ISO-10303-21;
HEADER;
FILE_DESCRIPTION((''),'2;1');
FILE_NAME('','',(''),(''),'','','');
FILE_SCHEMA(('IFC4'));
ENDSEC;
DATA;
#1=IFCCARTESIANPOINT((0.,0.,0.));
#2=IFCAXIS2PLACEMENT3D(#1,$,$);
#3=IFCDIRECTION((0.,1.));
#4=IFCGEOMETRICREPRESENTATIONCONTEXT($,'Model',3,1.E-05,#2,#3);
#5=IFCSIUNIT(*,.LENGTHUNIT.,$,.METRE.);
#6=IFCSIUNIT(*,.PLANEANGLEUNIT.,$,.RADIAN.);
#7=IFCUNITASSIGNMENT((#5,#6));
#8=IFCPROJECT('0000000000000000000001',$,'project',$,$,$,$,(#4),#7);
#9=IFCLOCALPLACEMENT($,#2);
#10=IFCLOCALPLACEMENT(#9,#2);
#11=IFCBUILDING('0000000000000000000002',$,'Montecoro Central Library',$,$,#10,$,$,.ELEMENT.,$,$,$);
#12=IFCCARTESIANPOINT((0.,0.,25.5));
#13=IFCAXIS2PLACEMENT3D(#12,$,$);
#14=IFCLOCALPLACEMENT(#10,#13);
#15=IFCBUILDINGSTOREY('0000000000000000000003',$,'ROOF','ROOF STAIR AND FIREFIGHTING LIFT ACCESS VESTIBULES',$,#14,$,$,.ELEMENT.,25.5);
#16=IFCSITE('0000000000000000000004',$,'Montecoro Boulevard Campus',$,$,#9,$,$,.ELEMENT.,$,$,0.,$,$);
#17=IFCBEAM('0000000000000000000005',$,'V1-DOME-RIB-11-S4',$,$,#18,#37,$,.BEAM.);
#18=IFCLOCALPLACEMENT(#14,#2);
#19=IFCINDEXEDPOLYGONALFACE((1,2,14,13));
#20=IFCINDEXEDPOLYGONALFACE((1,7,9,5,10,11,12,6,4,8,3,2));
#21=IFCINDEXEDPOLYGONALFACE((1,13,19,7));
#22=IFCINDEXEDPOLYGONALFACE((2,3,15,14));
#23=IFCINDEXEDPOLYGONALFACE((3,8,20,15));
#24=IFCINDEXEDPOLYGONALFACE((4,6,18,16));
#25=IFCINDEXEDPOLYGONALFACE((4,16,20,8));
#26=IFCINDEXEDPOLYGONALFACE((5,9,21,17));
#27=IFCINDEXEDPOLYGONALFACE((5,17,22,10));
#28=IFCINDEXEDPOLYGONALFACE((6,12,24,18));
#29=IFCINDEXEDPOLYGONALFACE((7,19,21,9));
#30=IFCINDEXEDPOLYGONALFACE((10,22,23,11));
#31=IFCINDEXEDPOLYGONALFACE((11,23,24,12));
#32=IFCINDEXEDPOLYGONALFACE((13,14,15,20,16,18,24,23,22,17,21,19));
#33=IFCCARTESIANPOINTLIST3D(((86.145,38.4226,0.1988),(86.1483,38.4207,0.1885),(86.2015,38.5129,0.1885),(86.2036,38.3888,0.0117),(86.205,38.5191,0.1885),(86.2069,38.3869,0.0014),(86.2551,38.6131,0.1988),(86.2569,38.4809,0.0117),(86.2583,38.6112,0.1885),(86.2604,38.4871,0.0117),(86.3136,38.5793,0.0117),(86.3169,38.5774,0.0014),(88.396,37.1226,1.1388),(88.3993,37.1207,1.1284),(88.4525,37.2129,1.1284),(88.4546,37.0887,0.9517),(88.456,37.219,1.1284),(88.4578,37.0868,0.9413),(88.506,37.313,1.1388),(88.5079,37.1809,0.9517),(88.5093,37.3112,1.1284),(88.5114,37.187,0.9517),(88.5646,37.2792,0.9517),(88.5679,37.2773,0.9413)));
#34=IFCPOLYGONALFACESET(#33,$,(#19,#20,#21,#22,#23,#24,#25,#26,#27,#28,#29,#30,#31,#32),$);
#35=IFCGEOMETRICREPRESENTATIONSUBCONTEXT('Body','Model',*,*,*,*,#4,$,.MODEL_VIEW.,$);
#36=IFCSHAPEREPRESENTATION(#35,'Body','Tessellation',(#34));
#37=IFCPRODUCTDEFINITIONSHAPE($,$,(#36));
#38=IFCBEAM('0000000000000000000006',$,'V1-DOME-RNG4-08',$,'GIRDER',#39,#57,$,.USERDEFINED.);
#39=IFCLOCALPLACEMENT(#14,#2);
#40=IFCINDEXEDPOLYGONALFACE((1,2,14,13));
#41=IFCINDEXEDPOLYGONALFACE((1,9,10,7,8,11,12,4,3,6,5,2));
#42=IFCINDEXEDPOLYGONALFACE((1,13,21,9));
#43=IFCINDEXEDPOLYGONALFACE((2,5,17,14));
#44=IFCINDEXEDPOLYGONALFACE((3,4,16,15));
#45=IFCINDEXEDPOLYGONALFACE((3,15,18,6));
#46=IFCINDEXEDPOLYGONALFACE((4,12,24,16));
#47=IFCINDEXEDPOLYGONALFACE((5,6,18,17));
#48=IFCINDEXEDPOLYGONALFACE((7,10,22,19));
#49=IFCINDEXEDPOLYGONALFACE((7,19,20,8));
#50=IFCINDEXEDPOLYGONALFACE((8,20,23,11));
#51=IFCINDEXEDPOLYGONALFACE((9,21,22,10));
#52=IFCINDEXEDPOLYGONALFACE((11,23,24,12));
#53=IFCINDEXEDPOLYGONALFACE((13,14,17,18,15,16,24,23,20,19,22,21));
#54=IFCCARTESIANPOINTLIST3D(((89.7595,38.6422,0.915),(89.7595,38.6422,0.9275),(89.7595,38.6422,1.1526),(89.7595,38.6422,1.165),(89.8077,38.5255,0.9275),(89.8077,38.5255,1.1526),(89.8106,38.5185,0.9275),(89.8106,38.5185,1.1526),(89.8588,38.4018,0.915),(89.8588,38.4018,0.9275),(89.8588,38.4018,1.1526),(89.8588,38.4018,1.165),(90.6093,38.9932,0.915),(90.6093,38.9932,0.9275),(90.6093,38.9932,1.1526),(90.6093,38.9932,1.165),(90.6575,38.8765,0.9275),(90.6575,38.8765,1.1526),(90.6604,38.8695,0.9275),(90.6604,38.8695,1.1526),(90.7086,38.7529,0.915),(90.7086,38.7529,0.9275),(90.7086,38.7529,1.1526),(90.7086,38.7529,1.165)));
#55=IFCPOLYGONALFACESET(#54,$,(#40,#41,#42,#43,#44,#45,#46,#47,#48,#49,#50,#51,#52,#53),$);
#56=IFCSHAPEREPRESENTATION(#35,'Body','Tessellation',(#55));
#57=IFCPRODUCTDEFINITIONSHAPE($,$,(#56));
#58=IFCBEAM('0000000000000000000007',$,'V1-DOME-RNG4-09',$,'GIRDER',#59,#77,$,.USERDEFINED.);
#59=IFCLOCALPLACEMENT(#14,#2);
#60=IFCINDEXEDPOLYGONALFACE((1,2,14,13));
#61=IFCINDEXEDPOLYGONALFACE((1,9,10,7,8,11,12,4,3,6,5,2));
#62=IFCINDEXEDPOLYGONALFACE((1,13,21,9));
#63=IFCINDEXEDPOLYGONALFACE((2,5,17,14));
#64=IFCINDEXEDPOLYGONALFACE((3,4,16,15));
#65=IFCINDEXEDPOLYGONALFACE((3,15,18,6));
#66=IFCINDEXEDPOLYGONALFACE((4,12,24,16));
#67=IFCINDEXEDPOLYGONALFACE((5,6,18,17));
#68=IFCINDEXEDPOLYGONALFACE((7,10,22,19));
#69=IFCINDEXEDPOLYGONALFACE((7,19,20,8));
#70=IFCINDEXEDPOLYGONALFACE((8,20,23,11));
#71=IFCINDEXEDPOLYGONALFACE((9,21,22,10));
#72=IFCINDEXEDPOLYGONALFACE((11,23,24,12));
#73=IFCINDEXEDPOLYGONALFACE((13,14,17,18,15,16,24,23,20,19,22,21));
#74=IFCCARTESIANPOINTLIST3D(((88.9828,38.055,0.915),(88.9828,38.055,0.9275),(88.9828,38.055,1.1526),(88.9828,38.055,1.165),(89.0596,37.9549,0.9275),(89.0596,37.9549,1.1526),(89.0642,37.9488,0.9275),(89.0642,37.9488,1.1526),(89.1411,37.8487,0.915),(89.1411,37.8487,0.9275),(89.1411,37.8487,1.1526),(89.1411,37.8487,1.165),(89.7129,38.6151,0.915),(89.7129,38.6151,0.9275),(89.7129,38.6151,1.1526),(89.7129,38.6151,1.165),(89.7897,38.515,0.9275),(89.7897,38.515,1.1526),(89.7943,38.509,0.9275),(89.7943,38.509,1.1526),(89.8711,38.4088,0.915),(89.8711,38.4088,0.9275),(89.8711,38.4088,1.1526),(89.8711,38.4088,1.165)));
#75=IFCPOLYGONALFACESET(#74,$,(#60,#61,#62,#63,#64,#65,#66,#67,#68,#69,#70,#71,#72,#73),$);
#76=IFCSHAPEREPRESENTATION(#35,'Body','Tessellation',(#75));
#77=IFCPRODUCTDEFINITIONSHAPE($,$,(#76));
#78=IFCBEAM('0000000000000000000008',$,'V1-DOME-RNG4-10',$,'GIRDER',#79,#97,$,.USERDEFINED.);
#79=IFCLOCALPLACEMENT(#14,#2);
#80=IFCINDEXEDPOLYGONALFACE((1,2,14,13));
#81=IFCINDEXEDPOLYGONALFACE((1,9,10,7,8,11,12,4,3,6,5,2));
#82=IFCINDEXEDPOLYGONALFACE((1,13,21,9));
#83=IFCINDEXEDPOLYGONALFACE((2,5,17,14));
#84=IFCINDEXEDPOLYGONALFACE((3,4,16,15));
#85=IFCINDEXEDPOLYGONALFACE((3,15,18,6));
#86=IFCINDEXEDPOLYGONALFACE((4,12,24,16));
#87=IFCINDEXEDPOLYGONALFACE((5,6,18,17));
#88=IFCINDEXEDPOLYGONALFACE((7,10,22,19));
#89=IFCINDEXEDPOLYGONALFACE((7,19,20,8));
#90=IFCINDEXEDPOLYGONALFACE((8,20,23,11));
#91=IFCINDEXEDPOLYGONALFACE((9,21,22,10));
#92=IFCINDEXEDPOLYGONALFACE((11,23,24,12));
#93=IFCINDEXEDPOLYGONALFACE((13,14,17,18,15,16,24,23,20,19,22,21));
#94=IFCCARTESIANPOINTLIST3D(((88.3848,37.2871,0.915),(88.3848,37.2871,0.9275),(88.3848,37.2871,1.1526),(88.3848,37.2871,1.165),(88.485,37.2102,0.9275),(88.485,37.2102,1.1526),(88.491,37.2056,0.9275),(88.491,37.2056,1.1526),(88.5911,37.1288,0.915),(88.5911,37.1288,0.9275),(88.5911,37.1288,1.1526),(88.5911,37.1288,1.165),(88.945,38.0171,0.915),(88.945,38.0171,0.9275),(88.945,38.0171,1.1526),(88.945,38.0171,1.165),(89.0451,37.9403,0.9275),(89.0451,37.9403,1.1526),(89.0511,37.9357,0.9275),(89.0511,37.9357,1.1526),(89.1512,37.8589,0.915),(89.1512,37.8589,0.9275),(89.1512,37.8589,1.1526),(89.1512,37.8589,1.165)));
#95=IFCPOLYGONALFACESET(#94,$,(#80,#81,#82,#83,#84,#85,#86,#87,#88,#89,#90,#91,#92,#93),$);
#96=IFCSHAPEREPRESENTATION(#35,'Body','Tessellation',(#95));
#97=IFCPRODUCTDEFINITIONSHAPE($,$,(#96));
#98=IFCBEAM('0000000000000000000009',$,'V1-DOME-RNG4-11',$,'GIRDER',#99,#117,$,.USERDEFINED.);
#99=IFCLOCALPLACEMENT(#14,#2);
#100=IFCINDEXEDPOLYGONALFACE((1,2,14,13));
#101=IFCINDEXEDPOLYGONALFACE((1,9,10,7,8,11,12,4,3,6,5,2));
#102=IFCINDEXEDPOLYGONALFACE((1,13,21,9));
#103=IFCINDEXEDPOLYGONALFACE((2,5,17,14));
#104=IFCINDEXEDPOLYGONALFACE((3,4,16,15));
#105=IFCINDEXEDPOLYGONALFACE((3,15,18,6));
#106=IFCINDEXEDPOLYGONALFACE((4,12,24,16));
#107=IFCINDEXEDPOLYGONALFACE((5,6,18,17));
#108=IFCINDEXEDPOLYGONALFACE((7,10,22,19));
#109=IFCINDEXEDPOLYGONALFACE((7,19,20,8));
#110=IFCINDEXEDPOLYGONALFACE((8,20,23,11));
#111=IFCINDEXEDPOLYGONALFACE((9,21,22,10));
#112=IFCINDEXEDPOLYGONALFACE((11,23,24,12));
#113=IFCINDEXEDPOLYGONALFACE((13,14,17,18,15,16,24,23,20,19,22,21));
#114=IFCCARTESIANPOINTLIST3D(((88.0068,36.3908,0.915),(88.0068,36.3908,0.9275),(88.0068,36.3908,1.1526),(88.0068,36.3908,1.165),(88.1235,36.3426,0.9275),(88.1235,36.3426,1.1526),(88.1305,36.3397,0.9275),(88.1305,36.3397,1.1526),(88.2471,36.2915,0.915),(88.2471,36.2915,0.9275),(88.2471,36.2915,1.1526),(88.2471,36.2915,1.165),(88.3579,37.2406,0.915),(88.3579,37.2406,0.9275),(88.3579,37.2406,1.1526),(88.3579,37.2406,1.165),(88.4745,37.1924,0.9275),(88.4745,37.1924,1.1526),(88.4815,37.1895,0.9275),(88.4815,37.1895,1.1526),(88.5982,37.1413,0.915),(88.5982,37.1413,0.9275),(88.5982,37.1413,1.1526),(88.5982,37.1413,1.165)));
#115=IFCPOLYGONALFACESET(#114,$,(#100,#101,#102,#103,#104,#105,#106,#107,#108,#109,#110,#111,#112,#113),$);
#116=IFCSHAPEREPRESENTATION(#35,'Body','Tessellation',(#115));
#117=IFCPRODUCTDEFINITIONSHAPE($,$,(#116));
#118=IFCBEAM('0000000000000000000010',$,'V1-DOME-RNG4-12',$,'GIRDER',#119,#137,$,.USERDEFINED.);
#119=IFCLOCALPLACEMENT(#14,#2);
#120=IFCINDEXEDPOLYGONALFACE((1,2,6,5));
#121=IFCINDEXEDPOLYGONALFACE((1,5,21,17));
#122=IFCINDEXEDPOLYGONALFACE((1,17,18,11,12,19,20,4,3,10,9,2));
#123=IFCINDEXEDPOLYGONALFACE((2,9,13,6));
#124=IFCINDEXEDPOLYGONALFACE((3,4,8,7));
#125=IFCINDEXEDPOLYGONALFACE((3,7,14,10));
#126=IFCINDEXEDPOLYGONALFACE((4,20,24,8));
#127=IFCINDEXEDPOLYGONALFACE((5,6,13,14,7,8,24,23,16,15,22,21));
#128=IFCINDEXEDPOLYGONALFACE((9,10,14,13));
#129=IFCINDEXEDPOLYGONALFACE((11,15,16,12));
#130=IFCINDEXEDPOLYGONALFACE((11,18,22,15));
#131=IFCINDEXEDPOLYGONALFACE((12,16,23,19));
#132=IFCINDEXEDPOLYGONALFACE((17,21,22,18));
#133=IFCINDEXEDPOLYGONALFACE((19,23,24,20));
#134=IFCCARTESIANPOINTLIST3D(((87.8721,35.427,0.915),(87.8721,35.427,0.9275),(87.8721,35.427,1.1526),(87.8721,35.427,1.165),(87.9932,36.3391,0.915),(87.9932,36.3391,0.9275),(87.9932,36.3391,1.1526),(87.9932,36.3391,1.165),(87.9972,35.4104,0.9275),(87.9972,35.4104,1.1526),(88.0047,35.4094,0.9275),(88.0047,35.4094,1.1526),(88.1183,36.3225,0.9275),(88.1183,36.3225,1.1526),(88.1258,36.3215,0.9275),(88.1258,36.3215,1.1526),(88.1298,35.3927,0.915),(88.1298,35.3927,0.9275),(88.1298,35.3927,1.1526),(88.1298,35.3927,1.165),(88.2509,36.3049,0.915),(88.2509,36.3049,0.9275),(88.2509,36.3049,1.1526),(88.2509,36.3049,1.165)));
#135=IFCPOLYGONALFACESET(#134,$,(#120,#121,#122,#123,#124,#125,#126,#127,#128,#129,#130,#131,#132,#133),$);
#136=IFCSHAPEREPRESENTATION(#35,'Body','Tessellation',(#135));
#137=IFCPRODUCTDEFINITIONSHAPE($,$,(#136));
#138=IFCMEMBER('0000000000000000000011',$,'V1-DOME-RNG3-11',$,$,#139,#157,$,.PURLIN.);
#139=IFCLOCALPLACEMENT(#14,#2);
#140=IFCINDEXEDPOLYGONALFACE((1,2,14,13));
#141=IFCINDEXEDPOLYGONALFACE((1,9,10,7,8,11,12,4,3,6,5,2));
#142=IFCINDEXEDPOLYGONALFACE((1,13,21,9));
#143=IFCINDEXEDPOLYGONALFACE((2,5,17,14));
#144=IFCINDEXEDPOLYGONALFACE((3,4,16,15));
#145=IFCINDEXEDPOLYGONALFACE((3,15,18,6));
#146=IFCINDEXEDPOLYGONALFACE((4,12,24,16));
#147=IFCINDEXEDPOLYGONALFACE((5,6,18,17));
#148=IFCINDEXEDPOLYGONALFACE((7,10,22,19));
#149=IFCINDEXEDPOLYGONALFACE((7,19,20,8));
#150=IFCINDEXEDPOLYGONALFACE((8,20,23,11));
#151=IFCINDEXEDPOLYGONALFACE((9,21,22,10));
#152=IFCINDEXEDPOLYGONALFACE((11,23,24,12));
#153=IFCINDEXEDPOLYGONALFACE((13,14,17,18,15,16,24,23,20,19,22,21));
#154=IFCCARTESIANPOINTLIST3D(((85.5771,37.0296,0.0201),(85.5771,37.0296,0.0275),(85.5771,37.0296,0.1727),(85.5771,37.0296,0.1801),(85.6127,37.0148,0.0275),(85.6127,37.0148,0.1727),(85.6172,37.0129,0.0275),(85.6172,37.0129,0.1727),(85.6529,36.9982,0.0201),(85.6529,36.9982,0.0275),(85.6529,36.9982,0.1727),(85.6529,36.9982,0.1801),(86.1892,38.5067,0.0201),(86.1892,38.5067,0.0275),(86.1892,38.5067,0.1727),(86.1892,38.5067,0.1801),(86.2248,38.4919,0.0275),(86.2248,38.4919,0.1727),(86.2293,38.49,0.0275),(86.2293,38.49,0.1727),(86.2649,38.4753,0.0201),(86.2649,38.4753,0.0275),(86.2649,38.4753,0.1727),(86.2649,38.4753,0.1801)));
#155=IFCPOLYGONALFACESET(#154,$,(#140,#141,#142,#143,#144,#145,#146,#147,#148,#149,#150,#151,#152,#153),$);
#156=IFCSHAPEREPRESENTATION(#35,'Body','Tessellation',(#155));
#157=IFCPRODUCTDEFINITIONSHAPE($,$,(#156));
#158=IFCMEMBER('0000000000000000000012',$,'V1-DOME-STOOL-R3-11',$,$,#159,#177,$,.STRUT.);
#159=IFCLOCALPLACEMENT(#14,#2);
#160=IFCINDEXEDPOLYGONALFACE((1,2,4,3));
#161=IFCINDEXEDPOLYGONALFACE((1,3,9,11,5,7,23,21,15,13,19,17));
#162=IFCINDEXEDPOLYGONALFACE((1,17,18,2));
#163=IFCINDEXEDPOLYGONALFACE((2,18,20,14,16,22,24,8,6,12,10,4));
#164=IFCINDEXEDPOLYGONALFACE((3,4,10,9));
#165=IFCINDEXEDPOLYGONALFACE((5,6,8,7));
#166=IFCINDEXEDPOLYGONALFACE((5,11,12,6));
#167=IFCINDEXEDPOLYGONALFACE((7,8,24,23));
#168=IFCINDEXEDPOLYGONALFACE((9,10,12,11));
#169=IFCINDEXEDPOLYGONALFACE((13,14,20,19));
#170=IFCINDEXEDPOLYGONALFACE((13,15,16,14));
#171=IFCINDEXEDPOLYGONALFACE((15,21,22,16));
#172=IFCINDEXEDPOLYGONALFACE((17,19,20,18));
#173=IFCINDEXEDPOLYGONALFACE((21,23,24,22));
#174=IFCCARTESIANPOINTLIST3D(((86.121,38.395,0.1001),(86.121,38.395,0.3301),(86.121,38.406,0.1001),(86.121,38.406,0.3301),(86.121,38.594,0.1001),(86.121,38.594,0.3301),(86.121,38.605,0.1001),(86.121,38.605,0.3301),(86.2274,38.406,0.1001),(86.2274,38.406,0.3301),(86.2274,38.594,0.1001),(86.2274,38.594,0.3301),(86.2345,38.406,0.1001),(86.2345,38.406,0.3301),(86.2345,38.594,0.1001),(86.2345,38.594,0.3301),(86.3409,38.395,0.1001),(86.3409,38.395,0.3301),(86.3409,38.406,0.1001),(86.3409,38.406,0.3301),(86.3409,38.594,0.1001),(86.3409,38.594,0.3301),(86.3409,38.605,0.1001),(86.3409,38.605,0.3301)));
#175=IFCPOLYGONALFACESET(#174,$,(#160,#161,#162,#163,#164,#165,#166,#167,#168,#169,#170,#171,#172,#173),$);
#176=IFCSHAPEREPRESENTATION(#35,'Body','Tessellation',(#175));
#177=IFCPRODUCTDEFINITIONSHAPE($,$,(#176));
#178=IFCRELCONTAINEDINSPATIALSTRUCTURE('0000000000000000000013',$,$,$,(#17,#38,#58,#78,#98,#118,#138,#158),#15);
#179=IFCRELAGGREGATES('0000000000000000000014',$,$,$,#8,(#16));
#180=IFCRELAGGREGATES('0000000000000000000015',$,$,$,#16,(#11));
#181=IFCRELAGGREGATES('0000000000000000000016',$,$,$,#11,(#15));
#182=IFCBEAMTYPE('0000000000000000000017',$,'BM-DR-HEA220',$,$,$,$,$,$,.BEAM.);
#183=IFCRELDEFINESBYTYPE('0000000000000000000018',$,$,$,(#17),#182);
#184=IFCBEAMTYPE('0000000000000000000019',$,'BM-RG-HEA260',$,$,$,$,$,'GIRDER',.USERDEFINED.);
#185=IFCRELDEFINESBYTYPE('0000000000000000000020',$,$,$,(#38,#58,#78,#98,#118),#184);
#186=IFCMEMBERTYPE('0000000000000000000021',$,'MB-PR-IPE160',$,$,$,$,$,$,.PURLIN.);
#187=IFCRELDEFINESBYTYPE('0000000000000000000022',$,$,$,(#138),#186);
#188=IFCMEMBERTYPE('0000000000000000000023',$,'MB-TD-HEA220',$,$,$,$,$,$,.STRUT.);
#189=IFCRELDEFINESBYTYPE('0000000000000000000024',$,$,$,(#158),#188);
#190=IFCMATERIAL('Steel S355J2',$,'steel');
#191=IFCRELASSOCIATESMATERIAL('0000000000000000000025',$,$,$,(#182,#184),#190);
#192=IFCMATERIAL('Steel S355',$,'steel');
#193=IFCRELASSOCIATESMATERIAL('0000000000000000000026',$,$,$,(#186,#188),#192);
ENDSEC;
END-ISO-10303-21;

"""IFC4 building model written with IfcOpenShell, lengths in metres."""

from ifc_helpers import new_model, si_unit, direction, frame, origin, origin_2d, place, context, subcontext, project, spatial, i_section, extrude, material, material_profile, profile_set, type_object, element, save


model = new_model("IFC4")

# Units and contexts
model_context = context("Model", 3, precision=1e-05, world=origin(), true_north=direction((0.0, 1.0)))
body_context = subcontext(model_context, "Body", "Model", "MODEL_VIEW")
ifc_project = project(units=[si_unit("LENGTHUNIT", "METRE"), si_unit("PLANEANGLEUNIT", "RADIAN")], contexts=[model_context])

# Site, building, storey
site_placement = place(None, origin())
site = spatial("IfcSite", under=ifc_project, at=site_placement, Name="Montecoro Boulevard Campus", CompositionType="ELEMENT", RefElevation=0.0)
building_placement = place(site_placement, origin())
building = spatial("IfcBuilding", under=site, at=building_placement, Name="Montecoro Central Library", CompositionType="ELEMENT")
storey_placement = place(building_placement, frame((0.0, 0.0, 25.5)))
storey = spatial("IfcBuildingStorey", under=building, at=storey_placement, Name="ROOF", Description="ROOF STAIR AND FIREFIGHTING LIFT ACCESS VESTIBULES", CompositionType="ELEMENT", Elevation=25.5)

# Beams
ifc_material_1 = material(Name="Steel S355J2", Category="steel")
ifc_material_profile_1 = material_profile(ifc_material_1, i_section(OverallWidth=0.22, OverallDepth=0.21, WebThickness=0.0071, FlangeThickness=0.011, at=origin_2d()), Name="HEA 220")
ifc_profile_set_1 = profile_set([ifc_material_profile_1], Name="Steel S355J2")
beam_type_1 = type_object("IfcBeamType", Name="BM-DR-HEA220", PredefinedType="BEAM", material=ifc_profile_set_1)
beam_1_placement = place(storey_placement, frame((86.231, 38.5, 0.1001), z_axis=(0.814347, -0.470325, 0.340047), x_axis=(0.500129, 0.865951, 0.0)))
element("IfcBeam", 1, at=beam_1_placement, inside=storey, type_object=beam_type_1, Name="V1-DOME-RIB-11-S4", PredefinedType="BEAM", context=body_context, shape_type="SweptSolid", body=[
    extrude(i_section(OverallWidth=0.22, OverallDepth=0.21, WebThickness=0.0071, FlangeThickness=0.011, at=origin_2d()), origin(), (0.0, 0.0, 1.0), 2.7642),
])
ifc_material_profile_2 = material_profile(ifc_material_1, i_section(OverallWidth=0.26, OverallDepth=0.25, WebThickness=0.0076, FlangeThickness=0.0125, at=origin_2d()), Name="HEA 260")
ifc_profile_set_2 = profile_set([ifc_material_profile_2], Name="Steel S355J2")
beam_type_2 = type_object("IfcBeamType", Name="BM-RG-HEA260", ElementType="GIRDER", PredefinedType="USERDEFINED", material=ifc_profile_set_2)
beam_2_placement = place(storey_placement, frame((90.6589, 38.873, 1.04), z_axis=(-0.924243, -0.381805, 0.0), x_axis=(0.381805, -0.924243, 0.0)))
element("IfcBeam", 2, at=beam_2_placement, inside=storey, type_object=beam_type_2, Name="V1-DOME-RNG4-08", ObjectType="GIRDER", PredefinedType="USERDEFINED", context=body_context, shape_type="SweptSolid", body=[
    extrude(i_section(OverallWidth=0.26, OverallDepth=0.25, WebThickness=0.0076, FlangeThickness=0.0125, at=origin_2d()), origin(), (0.0, 0.0, 1.0), 0.9194),
])
for number, where, z_axis, x_axis, name in (
    (3, (89.792, 38.512, 1.04), (-0.793393, -0.60871, 0.0), (0.60871, -0.793393, 0.0), "V1-DOME-RNG4-09"),
    (4, (89.0481, 37.938, 1.04), (-0.60871, -0.793393, 0.0), (0.793393, -0.60871, 0.0), "V1-DOME-RNG4-10"),
):
    element("IfcBeam", number, at=place(storey_placement, frame(where, z_axis=z_axis, x_axis=x_axis)), inside=storey, type_object=beam_type_2, Name=name, ObjectType="GIRDER", PredefinedType="USERDEFINED", context=body_context, shape_type="SweptSolid", body=[
        extrude(i_section(OverallWidth=0.26, OverallDepth=0.25, WebThickness=0.0076, FlangeThickness=0.0125, at=origin_2d()), origin(), (0.0, 0.0, 1.0), 0.9202),
    ])
beam_3_placement = place(storey_placement, frame((88.478, 37.1909, 1.04), z_axis=(-0.381805, -0.924243, 0.0), x_axis=(0.924243, -0.381805, 0.0)))
element("IfcBeam", 5, at=beam_3_placement, inside=storey, type_object=beam_type_2, Name="V1-DOME-RNG4-11", ObjectType="GIRDER", PredefinedType="USERDEFINED", context=body_context, shape_type="SweptSolid", body=[
    extrude(i_section(OverallWidth=0.26, OverallDepth=0.25, WebThickness=0.0076, FlangeThickness=0.0125, at=origin_2d()), origin(), (0.0, 0.0, 1.0), 0.9194),
])
beam_4_placement = place(storey_placement, frame((88.1221, 36.322, 1.04), z_axis=(-0.131608, -0.991302, 0.0), x_axis=(0.991302, -0.131608, 0.0)))
element("IfcBeam", 6, at=beam_4_placement, inside=storey, type_object=beam_type_2, Name="V1-DOME-RNG4-12", ObjectType="GIRDER", PredefinedType="USERDEFINED", context=body_context, shape_type="SweptSolid", body=[
    extrude(i_section(OverallWidth=0.26, OverallDepth=0.25, WebThickness=0.0076, FlangeThickness=0.0125, at=origin_2d()), origin(), (0.0, 0.0, 1.0), 0.9202),
])

# Members
ifc_material_2 = material(Name="Steel S355", Category="steel")
ifc_material_profile_3 = material_profile(ifc_material_2, i_section(OverallWidth=0.082, OverallDepth=0.1599, WebThickness=0.0049, FlangeThickness=0.0073, at=origin_2d()), Name="IPE 160")
ifc_profile_set_3 = profile_set([ifc_material_profile_3], Name="Steel S355")
member_type_1 = type_object("IfcMemberType", Name="MB-PR-IPE160", PredefinedType="PURLIN", material=ifc_profile_set_3)
member_placement = place(storey_placement, frame((86.2271, 38.491, 0.1001), z_axis=(-0.382815, -0.923825, 0.0), x_axis=(0.923825, -0.382815, 0.0)))
element("IfcMember", 7, at=member_placement, inside=storey, type_object=member_type_1, Name="V1-DOME-RNG3-11", PredefinedType="PURLIN", context=body_context, shape_type="SweptSolid", body=[
    extrude(i_section(OverallWidth=0.082, OverallDepth=0.1599, WebThickness=0.0049, FlangeThickness=0.0073, at=origin_2d()), origin(), (0.0, 0.0, 1.0), 1.5989),
])
ifc_material_profile_4 = material_profile(ifc_material_2, i_section(OverallWidth=0.22, OverallDepth=0.21, WebThickness=0.0071, FlangeThickness=0.011, at=origin_2d()), Name="HEA 220")
ifc_profile_set_4 = profile_set([ifc_material_profile_4], Name="Steel S355")
member_type_2 = type_object("IfcMemberType", Name="MB-TD-HEA220", PredefinedType="STRUT", material=ifc_profile_set_4)
for number, where, z_axis, x_axis, name in (
    (8, (86.231, 38.5, 0.1001), (0.0, 0.0, 1.0), (1.0, 0.0, 0.0), "V1-DOME-STOOL-R3-11"),
):
    element("IfcMember", number, at=place(storey_placement, frame(where, z_axis=z_axis, x_axis=x_axis)), inside=storey, type_object=member_type_2, Name=name, PredefinedType="STRUT", context=body_context, shape_type="SweptSolid", body=[
        extrude(i_section(OverallWidth=0.22, OverallDepth=0.21, WebThickness=0.0071, FlangeThickness=0.011, at=origin_2d()), origin(), (0.0, 0.0, 1.0), 0.23),
    ])

save(model, "model.ifc")
